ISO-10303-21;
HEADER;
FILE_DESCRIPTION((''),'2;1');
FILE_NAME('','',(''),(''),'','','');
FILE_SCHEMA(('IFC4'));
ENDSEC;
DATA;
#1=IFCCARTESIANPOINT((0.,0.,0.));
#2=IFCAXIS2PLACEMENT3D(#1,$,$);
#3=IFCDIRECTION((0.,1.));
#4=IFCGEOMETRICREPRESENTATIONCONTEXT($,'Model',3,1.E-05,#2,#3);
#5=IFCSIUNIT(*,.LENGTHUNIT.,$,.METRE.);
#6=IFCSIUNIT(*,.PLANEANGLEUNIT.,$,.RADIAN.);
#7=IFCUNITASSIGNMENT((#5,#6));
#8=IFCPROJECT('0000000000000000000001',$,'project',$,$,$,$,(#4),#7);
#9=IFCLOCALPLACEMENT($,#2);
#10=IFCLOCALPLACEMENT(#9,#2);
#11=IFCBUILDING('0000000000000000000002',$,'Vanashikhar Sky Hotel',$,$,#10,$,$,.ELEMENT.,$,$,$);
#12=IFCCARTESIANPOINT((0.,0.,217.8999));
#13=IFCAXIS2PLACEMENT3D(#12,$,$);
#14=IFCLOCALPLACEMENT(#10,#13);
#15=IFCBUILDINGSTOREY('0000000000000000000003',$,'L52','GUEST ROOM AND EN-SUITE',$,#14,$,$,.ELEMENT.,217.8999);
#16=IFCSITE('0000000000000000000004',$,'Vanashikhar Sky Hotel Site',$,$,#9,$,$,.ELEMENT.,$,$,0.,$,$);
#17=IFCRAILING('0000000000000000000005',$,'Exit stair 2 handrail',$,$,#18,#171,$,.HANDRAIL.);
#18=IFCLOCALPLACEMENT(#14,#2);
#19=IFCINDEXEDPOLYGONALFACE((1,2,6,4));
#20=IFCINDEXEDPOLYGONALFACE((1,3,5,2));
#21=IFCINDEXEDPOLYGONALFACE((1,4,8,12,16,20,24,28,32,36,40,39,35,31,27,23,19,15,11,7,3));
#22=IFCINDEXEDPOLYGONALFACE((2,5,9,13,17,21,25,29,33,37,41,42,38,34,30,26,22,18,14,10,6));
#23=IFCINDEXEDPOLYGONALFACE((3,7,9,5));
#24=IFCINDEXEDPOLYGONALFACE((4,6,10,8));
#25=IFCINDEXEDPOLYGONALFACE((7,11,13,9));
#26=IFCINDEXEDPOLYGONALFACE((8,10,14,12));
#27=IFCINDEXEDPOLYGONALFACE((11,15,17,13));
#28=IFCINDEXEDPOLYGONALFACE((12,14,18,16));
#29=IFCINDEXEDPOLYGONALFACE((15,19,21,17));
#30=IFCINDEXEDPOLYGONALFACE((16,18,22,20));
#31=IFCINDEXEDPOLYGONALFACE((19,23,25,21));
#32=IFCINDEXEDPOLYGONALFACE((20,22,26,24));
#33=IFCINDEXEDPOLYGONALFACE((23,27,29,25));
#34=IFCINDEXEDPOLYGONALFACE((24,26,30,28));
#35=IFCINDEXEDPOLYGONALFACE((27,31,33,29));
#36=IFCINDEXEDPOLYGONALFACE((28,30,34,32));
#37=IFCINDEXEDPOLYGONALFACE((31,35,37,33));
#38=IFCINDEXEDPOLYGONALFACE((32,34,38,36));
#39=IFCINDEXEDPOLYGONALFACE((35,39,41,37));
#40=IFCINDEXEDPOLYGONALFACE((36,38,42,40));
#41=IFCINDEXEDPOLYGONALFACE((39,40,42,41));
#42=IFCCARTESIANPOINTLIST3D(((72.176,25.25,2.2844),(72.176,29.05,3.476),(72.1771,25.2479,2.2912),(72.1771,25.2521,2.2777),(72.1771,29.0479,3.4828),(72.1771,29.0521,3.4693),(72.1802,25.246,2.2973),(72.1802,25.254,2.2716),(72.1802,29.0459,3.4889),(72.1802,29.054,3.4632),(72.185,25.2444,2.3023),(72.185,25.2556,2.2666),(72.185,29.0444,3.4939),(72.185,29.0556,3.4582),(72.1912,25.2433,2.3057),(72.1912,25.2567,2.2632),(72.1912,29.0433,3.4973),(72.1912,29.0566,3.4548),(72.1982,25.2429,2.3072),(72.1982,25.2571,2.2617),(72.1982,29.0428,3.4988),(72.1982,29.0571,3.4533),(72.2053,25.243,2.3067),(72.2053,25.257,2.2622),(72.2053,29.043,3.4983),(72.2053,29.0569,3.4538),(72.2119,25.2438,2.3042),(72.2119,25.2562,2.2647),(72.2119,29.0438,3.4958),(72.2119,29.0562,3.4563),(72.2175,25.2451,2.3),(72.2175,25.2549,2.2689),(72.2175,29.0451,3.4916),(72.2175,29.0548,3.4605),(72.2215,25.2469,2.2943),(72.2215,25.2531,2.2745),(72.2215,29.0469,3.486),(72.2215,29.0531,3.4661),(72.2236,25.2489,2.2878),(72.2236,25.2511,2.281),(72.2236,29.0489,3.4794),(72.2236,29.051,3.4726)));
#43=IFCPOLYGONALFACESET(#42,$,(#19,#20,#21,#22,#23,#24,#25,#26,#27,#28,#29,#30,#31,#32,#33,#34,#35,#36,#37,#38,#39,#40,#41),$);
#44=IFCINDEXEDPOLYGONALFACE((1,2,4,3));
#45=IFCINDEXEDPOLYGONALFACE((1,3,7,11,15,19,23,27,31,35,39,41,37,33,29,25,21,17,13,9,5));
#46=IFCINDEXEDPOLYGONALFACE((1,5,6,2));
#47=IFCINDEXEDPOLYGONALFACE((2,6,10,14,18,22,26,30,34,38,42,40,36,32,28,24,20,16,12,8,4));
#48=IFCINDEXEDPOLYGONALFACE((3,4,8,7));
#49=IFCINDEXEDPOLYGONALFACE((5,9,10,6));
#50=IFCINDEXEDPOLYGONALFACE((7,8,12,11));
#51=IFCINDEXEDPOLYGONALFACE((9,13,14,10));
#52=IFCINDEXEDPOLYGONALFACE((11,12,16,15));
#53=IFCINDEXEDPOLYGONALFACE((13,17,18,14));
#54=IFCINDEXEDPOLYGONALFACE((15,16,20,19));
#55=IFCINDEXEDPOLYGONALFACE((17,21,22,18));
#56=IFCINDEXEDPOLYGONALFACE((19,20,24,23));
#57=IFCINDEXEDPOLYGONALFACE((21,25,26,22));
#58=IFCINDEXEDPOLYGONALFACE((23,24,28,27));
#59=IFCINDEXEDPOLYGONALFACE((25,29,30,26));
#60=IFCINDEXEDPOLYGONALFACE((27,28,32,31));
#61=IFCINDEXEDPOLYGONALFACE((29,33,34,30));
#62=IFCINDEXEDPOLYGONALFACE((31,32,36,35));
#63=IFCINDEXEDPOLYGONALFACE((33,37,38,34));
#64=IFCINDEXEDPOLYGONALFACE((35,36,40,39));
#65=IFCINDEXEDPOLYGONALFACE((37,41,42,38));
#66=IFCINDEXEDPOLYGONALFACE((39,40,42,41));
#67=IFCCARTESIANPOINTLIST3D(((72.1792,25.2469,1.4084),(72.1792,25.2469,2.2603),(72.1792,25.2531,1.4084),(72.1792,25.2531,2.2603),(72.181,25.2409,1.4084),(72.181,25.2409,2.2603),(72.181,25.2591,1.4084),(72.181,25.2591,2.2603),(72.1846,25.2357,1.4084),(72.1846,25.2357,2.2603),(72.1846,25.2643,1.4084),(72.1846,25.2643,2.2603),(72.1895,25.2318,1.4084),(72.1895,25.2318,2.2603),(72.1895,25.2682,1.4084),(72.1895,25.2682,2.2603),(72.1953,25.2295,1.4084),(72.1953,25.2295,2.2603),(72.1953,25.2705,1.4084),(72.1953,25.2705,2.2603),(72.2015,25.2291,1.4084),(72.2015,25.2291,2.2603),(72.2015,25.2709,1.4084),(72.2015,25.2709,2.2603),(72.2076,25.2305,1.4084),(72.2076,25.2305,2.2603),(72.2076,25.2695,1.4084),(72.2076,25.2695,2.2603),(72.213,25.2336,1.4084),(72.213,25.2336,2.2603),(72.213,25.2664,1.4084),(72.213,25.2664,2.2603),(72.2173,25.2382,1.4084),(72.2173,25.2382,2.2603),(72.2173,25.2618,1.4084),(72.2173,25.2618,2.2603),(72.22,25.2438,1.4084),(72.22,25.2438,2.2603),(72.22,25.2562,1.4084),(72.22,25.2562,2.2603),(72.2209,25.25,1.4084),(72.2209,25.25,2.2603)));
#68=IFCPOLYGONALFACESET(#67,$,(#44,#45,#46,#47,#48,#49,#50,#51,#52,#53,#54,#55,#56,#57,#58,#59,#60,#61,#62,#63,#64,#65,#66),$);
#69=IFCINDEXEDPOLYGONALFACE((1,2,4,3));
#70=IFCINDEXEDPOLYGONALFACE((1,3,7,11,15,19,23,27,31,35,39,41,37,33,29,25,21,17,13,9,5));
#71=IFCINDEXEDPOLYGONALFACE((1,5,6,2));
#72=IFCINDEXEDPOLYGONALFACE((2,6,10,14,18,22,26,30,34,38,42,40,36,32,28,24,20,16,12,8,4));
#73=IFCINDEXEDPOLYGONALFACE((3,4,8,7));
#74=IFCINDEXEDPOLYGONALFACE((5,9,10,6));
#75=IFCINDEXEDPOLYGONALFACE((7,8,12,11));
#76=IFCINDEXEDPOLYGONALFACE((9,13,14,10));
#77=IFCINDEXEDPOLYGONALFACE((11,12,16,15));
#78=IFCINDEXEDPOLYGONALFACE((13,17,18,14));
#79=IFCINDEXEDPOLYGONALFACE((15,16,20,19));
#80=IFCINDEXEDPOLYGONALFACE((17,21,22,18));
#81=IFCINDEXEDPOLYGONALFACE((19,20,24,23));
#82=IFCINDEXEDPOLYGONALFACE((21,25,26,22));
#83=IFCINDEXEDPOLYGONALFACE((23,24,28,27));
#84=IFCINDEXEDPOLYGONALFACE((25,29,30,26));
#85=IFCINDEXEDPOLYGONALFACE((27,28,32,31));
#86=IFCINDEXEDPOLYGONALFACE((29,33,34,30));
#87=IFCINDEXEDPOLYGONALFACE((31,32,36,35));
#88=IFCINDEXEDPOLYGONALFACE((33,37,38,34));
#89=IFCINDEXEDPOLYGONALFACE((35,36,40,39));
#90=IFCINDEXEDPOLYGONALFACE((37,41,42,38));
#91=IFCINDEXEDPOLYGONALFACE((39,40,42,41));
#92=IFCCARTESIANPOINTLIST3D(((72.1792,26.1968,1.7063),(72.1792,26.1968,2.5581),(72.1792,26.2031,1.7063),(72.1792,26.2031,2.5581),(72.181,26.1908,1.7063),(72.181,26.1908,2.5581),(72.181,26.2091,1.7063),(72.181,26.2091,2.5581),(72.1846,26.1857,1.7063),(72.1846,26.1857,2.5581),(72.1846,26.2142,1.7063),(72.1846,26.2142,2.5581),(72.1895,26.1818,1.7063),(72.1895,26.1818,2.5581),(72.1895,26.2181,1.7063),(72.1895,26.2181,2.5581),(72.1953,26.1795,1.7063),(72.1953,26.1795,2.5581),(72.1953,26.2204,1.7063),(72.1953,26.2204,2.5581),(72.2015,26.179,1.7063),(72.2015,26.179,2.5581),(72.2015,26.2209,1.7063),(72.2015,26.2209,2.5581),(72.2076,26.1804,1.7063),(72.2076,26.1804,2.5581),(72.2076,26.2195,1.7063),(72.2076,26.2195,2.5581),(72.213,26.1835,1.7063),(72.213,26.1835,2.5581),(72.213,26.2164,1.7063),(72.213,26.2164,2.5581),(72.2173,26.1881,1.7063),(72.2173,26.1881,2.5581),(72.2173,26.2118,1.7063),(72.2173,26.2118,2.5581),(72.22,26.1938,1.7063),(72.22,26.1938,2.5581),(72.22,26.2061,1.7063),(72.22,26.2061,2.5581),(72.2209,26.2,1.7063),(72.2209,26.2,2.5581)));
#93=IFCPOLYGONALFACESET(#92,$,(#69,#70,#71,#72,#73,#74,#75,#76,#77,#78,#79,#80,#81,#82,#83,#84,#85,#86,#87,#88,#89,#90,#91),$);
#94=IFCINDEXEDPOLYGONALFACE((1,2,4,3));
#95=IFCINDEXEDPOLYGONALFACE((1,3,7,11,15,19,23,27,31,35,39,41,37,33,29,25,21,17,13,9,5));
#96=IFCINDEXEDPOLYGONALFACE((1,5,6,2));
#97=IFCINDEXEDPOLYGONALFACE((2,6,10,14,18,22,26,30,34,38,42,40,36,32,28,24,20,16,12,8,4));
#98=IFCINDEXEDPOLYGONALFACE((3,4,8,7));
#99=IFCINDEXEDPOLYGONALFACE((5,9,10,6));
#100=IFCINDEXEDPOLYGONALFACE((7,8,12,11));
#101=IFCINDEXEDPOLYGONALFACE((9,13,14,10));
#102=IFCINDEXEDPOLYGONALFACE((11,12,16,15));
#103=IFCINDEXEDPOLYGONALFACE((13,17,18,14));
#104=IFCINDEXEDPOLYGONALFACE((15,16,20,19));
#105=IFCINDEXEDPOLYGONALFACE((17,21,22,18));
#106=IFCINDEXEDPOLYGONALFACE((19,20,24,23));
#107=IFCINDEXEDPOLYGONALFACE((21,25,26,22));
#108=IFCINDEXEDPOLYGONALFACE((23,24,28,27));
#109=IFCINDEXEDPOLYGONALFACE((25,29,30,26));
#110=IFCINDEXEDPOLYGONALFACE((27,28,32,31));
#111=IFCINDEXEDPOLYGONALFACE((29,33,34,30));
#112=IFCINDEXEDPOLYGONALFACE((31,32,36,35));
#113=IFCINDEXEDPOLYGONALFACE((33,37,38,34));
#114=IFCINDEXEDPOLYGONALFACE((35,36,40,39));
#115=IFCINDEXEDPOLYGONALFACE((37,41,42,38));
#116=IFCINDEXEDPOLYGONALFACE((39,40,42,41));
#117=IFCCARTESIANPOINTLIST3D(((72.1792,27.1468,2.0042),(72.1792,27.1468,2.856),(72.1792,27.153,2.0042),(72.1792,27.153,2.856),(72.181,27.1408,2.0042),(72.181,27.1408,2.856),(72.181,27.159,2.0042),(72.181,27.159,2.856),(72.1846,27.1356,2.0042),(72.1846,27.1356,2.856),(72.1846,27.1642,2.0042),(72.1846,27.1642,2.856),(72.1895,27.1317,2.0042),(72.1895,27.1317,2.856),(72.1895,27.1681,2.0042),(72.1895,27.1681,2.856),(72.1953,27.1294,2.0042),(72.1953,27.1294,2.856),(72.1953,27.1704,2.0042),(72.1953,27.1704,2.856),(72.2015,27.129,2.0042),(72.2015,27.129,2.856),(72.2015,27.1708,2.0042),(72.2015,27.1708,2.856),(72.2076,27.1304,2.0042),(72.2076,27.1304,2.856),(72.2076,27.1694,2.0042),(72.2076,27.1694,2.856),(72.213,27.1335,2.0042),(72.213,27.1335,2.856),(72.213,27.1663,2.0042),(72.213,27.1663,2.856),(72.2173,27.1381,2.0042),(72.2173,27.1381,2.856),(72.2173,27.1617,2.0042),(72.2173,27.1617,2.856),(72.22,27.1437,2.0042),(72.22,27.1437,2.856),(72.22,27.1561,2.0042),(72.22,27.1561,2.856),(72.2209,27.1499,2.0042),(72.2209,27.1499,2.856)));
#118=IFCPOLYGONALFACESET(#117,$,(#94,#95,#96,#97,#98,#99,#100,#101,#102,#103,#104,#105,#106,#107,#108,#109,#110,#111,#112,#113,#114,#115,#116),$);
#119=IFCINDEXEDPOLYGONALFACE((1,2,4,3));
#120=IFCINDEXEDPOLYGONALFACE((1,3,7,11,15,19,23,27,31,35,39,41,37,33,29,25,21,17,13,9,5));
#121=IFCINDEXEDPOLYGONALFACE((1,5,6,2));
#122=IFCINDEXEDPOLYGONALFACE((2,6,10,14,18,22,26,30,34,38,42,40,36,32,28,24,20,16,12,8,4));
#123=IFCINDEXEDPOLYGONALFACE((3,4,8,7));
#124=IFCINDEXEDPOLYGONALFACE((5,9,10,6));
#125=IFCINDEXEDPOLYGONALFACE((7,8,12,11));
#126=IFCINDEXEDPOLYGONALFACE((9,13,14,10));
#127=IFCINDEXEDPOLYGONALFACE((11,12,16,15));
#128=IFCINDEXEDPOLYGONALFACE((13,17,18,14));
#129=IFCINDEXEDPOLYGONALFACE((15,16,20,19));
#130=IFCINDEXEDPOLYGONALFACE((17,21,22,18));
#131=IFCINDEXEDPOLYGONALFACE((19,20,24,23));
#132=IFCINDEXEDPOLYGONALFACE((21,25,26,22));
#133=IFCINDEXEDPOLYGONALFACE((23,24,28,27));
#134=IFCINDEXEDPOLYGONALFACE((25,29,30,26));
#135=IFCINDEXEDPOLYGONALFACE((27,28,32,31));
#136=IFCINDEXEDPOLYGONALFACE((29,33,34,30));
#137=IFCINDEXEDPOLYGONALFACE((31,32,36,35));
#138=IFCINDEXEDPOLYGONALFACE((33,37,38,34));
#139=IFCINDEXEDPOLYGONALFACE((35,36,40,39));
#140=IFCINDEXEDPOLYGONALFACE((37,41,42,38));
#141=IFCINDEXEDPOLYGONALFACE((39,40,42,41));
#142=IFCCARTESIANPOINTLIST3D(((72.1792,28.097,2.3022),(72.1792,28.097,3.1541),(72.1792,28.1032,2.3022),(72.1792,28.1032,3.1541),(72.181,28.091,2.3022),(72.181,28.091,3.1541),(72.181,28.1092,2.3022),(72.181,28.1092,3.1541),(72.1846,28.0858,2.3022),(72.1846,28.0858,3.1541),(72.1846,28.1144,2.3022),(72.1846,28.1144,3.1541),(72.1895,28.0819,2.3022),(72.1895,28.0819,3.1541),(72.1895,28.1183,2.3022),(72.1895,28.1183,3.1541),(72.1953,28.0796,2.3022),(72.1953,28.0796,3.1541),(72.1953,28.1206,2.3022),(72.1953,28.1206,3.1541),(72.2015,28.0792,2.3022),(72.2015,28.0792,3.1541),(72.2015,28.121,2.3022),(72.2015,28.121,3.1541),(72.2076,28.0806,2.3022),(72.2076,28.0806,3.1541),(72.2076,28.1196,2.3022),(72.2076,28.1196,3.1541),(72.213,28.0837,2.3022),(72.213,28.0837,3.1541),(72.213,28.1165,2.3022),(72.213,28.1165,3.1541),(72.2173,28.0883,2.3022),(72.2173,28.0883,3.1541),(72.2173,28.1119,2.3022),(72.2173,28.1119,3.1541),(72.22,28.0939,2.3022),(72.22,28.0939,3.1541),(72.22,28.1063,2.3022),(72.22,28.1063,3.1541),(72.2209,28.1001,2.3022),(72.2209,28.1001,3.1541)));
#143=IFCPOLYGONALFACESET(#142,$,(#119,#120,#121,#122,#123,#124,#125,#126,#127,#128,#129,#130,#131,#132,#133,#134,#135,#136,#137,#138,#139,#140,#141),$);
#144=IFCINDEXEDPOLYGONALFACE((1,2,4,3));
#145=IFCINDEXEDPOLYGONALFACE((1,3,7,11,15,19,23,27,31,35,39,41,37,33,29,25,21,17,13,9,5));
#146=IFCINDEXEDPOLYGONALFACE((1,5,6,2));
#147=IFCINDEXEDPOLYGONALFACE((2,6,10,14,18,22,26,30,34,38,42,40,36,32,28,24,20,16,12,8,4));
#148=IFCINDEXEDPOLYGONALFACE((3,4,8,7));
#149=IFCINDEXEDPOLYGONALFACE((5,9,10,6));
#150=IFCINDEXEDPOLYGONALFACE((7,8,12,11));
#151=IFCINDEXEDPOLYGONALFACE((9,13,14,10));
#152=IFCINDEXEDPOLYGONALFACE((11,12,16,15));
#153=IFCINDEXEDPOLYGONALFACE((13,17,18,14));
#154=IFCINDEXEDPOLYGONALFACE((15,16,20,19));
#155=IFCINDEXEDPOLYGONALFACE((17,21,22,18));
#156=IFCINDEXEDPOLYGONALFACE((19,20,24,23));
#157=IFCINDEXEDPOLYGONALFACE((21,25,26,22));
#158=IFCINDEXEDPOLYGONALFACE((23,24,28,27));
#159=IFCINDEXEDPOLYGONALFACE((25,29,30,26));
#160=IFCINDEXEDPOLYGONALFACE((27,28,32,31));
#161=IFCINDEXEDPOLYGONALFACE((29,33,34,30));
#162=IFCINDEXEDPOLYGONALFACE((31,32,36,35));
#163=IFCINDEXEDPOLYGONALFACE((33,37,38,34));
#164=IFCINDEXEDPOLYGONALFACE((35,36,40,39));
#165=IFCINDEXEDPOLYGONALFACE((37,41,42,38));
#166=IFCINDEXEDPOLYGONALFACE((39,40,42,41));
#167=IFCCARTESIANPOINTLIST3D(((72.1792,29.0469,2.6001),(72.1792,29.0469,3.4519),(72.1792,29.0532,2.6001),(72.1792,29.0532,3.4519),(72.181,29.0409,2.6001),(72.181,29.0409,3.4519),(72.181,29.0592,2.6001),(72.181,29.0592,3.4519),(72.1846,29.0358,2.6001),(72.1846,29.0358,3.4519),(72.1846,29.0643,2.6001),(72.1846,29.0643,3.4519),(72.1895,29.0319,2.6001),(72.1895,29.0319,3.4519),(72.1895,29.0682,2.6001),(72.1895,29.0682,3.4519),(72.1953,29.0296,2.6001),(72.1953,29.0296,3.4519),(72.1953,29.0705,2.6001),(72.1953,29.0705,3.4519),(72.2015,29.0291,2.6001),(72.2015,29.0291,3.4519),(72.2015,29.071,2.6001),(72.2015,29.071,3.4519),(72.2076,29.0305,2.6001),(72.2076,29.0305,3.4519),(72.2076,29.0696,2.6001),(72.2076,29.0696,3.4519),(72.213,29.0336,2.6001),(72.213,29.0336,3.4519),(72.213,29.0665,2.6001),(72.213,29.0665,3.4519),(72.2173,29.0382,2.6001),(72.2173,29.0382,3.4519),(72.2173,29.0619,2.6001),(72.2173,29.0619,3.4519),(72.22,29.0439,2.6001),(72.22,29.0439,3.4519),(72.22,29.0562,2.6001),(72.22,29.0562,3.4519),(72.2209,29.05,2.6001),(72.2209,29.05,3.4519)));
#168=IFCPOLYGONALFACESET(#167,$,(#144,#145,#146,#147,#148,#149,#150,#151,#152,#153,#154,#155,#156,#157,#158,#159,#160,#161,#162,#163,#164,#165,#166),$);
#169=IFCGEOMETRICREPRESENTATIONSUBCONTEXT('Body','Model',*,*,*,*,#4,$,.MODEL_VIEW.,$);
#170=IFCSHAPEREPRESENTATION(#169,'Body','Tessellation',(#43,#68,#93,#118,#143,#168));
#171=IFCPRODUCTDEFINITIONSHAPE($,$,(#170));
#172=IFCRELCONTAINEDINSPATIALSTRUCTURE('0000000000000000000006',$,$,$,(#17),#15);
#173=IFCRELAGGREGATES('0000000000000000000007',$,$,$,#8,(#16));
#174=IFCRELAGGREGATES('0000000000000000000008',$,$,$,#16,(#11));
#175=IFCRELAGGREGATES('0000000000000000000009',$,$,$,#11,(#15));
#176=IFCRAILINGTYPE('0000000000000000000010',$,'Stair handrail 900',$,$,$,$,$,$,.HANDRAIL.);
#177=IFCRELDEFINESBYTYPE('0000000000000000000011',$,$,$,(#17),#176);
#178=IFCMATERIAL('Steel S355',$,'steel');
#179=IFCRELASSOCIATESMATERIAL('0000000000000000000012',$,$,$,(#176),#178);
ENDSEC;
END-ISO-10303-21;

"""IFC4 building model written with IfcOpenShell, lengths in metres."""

from ifc_helpers import new_model, si_unit, direction, frame, origin, origin_2d, place, context, subcontext, project, spatial, circle, extrude, source, transform, mapped, material, type_object, element, save


model = new_model("IFC4")

# Units and contexts
model_context = context("Model", 3, precision=1e-05, world=origin(), true_north=direction((0.0, 1.0)))
body_context = subcontext(model_context, "Body", "Model", "MODEL_VIEW")
ifc_project = project(units=[si_unit("LENGTHUNIT", "METRE"), si_unit("PLANEANGLEUNIT", "RADIAN")], contexts=[model_context])

# Site, building, storey
site_placement = place(None, origin())
site = spatial("IfcSite", under=ifc_project, at=site_placement, Name="Vanashikhar Sky Hotel Site", CompositionType="ELEMENT", RefElevation=0.0)
building_placement = place(site_placement, origin())
building = spatial("IfcBuilding", under=site, at=building_placement, Name="Vanashikhar Sky Hotel", CompositionType="ELEMENT")
storey_placement = place(building_placement, frame((0.0, 0.0, 217.8999)))
storey = spatial("IfcBuildingStorey", under=building, at=storey_placement, Name="L52", Description="GUEST ROOM AND EN-SUITE", CompositionType="ELEMENT", Elevation=217.8999)

# Railing
ifc_material_1 = material(Name="Steel S355", Category="steel")
railing_type = type_object("IfcRailingType", Name="Stair handrail 900", PredefinedType="HANDRAIL", material=ifc_material_1)
shared_shape_1 = source(origin(), body_context, "Body", "SweptSolid", [
    extrude(circle(Radius=0.0239, at=origin_2d()), frame((0.0, 0.0, 0.876), z_axis=(0.0, 0.954184, 0.299221), x_axis=(-1.0, 0.0, 0.0)), (0.0, 0.0, 1.0), 3.9824),
    extrude(circle(Radius=0.021, at=origin_2d()), origin(), (0.0, 0.0, 1.0), 0.8518),
    extrude(circle(Radius=0.021, at=origin_2d()), frame((0.0, 0.95, 0.2979)), (0.0, 0.0, 1.0), 0.8518),
    extrude(circle(Radius=0.021, at=origin_2d()), frame((0.0, 1.8999, 0.5957)), (0.0, 0.0, 1.0), 0.8518),
    extrude(circle(Radius=0.021, at=origin_2d()), frame((0.0, 2.8501, 0.8938)), (0.0, 0.0, 1.0), 0.8518),
    extrude(circle(Radius=0.021, at=origin_2d()), frame((0.0, 3.8, 1.1917)), (0.0, 0.0, 1.0), 0.8518),
])
railing_1_placement = place(storey_placement, frame((72.2, 25.25, 1.4084)))
element("IfcRailing", 1, at=railing_1_placement, inside=storey, type_object=railing_type, Name="Exit stair 2 handrail", PredefinedType="HANDRAIL", context=body_context, shape_type="MappedRepresentation", body=[
    mapped(shared_shape_1, transform((0.0, 0.0, 0.0), scale=1.0)),
])

save(model, "model.ifc")
